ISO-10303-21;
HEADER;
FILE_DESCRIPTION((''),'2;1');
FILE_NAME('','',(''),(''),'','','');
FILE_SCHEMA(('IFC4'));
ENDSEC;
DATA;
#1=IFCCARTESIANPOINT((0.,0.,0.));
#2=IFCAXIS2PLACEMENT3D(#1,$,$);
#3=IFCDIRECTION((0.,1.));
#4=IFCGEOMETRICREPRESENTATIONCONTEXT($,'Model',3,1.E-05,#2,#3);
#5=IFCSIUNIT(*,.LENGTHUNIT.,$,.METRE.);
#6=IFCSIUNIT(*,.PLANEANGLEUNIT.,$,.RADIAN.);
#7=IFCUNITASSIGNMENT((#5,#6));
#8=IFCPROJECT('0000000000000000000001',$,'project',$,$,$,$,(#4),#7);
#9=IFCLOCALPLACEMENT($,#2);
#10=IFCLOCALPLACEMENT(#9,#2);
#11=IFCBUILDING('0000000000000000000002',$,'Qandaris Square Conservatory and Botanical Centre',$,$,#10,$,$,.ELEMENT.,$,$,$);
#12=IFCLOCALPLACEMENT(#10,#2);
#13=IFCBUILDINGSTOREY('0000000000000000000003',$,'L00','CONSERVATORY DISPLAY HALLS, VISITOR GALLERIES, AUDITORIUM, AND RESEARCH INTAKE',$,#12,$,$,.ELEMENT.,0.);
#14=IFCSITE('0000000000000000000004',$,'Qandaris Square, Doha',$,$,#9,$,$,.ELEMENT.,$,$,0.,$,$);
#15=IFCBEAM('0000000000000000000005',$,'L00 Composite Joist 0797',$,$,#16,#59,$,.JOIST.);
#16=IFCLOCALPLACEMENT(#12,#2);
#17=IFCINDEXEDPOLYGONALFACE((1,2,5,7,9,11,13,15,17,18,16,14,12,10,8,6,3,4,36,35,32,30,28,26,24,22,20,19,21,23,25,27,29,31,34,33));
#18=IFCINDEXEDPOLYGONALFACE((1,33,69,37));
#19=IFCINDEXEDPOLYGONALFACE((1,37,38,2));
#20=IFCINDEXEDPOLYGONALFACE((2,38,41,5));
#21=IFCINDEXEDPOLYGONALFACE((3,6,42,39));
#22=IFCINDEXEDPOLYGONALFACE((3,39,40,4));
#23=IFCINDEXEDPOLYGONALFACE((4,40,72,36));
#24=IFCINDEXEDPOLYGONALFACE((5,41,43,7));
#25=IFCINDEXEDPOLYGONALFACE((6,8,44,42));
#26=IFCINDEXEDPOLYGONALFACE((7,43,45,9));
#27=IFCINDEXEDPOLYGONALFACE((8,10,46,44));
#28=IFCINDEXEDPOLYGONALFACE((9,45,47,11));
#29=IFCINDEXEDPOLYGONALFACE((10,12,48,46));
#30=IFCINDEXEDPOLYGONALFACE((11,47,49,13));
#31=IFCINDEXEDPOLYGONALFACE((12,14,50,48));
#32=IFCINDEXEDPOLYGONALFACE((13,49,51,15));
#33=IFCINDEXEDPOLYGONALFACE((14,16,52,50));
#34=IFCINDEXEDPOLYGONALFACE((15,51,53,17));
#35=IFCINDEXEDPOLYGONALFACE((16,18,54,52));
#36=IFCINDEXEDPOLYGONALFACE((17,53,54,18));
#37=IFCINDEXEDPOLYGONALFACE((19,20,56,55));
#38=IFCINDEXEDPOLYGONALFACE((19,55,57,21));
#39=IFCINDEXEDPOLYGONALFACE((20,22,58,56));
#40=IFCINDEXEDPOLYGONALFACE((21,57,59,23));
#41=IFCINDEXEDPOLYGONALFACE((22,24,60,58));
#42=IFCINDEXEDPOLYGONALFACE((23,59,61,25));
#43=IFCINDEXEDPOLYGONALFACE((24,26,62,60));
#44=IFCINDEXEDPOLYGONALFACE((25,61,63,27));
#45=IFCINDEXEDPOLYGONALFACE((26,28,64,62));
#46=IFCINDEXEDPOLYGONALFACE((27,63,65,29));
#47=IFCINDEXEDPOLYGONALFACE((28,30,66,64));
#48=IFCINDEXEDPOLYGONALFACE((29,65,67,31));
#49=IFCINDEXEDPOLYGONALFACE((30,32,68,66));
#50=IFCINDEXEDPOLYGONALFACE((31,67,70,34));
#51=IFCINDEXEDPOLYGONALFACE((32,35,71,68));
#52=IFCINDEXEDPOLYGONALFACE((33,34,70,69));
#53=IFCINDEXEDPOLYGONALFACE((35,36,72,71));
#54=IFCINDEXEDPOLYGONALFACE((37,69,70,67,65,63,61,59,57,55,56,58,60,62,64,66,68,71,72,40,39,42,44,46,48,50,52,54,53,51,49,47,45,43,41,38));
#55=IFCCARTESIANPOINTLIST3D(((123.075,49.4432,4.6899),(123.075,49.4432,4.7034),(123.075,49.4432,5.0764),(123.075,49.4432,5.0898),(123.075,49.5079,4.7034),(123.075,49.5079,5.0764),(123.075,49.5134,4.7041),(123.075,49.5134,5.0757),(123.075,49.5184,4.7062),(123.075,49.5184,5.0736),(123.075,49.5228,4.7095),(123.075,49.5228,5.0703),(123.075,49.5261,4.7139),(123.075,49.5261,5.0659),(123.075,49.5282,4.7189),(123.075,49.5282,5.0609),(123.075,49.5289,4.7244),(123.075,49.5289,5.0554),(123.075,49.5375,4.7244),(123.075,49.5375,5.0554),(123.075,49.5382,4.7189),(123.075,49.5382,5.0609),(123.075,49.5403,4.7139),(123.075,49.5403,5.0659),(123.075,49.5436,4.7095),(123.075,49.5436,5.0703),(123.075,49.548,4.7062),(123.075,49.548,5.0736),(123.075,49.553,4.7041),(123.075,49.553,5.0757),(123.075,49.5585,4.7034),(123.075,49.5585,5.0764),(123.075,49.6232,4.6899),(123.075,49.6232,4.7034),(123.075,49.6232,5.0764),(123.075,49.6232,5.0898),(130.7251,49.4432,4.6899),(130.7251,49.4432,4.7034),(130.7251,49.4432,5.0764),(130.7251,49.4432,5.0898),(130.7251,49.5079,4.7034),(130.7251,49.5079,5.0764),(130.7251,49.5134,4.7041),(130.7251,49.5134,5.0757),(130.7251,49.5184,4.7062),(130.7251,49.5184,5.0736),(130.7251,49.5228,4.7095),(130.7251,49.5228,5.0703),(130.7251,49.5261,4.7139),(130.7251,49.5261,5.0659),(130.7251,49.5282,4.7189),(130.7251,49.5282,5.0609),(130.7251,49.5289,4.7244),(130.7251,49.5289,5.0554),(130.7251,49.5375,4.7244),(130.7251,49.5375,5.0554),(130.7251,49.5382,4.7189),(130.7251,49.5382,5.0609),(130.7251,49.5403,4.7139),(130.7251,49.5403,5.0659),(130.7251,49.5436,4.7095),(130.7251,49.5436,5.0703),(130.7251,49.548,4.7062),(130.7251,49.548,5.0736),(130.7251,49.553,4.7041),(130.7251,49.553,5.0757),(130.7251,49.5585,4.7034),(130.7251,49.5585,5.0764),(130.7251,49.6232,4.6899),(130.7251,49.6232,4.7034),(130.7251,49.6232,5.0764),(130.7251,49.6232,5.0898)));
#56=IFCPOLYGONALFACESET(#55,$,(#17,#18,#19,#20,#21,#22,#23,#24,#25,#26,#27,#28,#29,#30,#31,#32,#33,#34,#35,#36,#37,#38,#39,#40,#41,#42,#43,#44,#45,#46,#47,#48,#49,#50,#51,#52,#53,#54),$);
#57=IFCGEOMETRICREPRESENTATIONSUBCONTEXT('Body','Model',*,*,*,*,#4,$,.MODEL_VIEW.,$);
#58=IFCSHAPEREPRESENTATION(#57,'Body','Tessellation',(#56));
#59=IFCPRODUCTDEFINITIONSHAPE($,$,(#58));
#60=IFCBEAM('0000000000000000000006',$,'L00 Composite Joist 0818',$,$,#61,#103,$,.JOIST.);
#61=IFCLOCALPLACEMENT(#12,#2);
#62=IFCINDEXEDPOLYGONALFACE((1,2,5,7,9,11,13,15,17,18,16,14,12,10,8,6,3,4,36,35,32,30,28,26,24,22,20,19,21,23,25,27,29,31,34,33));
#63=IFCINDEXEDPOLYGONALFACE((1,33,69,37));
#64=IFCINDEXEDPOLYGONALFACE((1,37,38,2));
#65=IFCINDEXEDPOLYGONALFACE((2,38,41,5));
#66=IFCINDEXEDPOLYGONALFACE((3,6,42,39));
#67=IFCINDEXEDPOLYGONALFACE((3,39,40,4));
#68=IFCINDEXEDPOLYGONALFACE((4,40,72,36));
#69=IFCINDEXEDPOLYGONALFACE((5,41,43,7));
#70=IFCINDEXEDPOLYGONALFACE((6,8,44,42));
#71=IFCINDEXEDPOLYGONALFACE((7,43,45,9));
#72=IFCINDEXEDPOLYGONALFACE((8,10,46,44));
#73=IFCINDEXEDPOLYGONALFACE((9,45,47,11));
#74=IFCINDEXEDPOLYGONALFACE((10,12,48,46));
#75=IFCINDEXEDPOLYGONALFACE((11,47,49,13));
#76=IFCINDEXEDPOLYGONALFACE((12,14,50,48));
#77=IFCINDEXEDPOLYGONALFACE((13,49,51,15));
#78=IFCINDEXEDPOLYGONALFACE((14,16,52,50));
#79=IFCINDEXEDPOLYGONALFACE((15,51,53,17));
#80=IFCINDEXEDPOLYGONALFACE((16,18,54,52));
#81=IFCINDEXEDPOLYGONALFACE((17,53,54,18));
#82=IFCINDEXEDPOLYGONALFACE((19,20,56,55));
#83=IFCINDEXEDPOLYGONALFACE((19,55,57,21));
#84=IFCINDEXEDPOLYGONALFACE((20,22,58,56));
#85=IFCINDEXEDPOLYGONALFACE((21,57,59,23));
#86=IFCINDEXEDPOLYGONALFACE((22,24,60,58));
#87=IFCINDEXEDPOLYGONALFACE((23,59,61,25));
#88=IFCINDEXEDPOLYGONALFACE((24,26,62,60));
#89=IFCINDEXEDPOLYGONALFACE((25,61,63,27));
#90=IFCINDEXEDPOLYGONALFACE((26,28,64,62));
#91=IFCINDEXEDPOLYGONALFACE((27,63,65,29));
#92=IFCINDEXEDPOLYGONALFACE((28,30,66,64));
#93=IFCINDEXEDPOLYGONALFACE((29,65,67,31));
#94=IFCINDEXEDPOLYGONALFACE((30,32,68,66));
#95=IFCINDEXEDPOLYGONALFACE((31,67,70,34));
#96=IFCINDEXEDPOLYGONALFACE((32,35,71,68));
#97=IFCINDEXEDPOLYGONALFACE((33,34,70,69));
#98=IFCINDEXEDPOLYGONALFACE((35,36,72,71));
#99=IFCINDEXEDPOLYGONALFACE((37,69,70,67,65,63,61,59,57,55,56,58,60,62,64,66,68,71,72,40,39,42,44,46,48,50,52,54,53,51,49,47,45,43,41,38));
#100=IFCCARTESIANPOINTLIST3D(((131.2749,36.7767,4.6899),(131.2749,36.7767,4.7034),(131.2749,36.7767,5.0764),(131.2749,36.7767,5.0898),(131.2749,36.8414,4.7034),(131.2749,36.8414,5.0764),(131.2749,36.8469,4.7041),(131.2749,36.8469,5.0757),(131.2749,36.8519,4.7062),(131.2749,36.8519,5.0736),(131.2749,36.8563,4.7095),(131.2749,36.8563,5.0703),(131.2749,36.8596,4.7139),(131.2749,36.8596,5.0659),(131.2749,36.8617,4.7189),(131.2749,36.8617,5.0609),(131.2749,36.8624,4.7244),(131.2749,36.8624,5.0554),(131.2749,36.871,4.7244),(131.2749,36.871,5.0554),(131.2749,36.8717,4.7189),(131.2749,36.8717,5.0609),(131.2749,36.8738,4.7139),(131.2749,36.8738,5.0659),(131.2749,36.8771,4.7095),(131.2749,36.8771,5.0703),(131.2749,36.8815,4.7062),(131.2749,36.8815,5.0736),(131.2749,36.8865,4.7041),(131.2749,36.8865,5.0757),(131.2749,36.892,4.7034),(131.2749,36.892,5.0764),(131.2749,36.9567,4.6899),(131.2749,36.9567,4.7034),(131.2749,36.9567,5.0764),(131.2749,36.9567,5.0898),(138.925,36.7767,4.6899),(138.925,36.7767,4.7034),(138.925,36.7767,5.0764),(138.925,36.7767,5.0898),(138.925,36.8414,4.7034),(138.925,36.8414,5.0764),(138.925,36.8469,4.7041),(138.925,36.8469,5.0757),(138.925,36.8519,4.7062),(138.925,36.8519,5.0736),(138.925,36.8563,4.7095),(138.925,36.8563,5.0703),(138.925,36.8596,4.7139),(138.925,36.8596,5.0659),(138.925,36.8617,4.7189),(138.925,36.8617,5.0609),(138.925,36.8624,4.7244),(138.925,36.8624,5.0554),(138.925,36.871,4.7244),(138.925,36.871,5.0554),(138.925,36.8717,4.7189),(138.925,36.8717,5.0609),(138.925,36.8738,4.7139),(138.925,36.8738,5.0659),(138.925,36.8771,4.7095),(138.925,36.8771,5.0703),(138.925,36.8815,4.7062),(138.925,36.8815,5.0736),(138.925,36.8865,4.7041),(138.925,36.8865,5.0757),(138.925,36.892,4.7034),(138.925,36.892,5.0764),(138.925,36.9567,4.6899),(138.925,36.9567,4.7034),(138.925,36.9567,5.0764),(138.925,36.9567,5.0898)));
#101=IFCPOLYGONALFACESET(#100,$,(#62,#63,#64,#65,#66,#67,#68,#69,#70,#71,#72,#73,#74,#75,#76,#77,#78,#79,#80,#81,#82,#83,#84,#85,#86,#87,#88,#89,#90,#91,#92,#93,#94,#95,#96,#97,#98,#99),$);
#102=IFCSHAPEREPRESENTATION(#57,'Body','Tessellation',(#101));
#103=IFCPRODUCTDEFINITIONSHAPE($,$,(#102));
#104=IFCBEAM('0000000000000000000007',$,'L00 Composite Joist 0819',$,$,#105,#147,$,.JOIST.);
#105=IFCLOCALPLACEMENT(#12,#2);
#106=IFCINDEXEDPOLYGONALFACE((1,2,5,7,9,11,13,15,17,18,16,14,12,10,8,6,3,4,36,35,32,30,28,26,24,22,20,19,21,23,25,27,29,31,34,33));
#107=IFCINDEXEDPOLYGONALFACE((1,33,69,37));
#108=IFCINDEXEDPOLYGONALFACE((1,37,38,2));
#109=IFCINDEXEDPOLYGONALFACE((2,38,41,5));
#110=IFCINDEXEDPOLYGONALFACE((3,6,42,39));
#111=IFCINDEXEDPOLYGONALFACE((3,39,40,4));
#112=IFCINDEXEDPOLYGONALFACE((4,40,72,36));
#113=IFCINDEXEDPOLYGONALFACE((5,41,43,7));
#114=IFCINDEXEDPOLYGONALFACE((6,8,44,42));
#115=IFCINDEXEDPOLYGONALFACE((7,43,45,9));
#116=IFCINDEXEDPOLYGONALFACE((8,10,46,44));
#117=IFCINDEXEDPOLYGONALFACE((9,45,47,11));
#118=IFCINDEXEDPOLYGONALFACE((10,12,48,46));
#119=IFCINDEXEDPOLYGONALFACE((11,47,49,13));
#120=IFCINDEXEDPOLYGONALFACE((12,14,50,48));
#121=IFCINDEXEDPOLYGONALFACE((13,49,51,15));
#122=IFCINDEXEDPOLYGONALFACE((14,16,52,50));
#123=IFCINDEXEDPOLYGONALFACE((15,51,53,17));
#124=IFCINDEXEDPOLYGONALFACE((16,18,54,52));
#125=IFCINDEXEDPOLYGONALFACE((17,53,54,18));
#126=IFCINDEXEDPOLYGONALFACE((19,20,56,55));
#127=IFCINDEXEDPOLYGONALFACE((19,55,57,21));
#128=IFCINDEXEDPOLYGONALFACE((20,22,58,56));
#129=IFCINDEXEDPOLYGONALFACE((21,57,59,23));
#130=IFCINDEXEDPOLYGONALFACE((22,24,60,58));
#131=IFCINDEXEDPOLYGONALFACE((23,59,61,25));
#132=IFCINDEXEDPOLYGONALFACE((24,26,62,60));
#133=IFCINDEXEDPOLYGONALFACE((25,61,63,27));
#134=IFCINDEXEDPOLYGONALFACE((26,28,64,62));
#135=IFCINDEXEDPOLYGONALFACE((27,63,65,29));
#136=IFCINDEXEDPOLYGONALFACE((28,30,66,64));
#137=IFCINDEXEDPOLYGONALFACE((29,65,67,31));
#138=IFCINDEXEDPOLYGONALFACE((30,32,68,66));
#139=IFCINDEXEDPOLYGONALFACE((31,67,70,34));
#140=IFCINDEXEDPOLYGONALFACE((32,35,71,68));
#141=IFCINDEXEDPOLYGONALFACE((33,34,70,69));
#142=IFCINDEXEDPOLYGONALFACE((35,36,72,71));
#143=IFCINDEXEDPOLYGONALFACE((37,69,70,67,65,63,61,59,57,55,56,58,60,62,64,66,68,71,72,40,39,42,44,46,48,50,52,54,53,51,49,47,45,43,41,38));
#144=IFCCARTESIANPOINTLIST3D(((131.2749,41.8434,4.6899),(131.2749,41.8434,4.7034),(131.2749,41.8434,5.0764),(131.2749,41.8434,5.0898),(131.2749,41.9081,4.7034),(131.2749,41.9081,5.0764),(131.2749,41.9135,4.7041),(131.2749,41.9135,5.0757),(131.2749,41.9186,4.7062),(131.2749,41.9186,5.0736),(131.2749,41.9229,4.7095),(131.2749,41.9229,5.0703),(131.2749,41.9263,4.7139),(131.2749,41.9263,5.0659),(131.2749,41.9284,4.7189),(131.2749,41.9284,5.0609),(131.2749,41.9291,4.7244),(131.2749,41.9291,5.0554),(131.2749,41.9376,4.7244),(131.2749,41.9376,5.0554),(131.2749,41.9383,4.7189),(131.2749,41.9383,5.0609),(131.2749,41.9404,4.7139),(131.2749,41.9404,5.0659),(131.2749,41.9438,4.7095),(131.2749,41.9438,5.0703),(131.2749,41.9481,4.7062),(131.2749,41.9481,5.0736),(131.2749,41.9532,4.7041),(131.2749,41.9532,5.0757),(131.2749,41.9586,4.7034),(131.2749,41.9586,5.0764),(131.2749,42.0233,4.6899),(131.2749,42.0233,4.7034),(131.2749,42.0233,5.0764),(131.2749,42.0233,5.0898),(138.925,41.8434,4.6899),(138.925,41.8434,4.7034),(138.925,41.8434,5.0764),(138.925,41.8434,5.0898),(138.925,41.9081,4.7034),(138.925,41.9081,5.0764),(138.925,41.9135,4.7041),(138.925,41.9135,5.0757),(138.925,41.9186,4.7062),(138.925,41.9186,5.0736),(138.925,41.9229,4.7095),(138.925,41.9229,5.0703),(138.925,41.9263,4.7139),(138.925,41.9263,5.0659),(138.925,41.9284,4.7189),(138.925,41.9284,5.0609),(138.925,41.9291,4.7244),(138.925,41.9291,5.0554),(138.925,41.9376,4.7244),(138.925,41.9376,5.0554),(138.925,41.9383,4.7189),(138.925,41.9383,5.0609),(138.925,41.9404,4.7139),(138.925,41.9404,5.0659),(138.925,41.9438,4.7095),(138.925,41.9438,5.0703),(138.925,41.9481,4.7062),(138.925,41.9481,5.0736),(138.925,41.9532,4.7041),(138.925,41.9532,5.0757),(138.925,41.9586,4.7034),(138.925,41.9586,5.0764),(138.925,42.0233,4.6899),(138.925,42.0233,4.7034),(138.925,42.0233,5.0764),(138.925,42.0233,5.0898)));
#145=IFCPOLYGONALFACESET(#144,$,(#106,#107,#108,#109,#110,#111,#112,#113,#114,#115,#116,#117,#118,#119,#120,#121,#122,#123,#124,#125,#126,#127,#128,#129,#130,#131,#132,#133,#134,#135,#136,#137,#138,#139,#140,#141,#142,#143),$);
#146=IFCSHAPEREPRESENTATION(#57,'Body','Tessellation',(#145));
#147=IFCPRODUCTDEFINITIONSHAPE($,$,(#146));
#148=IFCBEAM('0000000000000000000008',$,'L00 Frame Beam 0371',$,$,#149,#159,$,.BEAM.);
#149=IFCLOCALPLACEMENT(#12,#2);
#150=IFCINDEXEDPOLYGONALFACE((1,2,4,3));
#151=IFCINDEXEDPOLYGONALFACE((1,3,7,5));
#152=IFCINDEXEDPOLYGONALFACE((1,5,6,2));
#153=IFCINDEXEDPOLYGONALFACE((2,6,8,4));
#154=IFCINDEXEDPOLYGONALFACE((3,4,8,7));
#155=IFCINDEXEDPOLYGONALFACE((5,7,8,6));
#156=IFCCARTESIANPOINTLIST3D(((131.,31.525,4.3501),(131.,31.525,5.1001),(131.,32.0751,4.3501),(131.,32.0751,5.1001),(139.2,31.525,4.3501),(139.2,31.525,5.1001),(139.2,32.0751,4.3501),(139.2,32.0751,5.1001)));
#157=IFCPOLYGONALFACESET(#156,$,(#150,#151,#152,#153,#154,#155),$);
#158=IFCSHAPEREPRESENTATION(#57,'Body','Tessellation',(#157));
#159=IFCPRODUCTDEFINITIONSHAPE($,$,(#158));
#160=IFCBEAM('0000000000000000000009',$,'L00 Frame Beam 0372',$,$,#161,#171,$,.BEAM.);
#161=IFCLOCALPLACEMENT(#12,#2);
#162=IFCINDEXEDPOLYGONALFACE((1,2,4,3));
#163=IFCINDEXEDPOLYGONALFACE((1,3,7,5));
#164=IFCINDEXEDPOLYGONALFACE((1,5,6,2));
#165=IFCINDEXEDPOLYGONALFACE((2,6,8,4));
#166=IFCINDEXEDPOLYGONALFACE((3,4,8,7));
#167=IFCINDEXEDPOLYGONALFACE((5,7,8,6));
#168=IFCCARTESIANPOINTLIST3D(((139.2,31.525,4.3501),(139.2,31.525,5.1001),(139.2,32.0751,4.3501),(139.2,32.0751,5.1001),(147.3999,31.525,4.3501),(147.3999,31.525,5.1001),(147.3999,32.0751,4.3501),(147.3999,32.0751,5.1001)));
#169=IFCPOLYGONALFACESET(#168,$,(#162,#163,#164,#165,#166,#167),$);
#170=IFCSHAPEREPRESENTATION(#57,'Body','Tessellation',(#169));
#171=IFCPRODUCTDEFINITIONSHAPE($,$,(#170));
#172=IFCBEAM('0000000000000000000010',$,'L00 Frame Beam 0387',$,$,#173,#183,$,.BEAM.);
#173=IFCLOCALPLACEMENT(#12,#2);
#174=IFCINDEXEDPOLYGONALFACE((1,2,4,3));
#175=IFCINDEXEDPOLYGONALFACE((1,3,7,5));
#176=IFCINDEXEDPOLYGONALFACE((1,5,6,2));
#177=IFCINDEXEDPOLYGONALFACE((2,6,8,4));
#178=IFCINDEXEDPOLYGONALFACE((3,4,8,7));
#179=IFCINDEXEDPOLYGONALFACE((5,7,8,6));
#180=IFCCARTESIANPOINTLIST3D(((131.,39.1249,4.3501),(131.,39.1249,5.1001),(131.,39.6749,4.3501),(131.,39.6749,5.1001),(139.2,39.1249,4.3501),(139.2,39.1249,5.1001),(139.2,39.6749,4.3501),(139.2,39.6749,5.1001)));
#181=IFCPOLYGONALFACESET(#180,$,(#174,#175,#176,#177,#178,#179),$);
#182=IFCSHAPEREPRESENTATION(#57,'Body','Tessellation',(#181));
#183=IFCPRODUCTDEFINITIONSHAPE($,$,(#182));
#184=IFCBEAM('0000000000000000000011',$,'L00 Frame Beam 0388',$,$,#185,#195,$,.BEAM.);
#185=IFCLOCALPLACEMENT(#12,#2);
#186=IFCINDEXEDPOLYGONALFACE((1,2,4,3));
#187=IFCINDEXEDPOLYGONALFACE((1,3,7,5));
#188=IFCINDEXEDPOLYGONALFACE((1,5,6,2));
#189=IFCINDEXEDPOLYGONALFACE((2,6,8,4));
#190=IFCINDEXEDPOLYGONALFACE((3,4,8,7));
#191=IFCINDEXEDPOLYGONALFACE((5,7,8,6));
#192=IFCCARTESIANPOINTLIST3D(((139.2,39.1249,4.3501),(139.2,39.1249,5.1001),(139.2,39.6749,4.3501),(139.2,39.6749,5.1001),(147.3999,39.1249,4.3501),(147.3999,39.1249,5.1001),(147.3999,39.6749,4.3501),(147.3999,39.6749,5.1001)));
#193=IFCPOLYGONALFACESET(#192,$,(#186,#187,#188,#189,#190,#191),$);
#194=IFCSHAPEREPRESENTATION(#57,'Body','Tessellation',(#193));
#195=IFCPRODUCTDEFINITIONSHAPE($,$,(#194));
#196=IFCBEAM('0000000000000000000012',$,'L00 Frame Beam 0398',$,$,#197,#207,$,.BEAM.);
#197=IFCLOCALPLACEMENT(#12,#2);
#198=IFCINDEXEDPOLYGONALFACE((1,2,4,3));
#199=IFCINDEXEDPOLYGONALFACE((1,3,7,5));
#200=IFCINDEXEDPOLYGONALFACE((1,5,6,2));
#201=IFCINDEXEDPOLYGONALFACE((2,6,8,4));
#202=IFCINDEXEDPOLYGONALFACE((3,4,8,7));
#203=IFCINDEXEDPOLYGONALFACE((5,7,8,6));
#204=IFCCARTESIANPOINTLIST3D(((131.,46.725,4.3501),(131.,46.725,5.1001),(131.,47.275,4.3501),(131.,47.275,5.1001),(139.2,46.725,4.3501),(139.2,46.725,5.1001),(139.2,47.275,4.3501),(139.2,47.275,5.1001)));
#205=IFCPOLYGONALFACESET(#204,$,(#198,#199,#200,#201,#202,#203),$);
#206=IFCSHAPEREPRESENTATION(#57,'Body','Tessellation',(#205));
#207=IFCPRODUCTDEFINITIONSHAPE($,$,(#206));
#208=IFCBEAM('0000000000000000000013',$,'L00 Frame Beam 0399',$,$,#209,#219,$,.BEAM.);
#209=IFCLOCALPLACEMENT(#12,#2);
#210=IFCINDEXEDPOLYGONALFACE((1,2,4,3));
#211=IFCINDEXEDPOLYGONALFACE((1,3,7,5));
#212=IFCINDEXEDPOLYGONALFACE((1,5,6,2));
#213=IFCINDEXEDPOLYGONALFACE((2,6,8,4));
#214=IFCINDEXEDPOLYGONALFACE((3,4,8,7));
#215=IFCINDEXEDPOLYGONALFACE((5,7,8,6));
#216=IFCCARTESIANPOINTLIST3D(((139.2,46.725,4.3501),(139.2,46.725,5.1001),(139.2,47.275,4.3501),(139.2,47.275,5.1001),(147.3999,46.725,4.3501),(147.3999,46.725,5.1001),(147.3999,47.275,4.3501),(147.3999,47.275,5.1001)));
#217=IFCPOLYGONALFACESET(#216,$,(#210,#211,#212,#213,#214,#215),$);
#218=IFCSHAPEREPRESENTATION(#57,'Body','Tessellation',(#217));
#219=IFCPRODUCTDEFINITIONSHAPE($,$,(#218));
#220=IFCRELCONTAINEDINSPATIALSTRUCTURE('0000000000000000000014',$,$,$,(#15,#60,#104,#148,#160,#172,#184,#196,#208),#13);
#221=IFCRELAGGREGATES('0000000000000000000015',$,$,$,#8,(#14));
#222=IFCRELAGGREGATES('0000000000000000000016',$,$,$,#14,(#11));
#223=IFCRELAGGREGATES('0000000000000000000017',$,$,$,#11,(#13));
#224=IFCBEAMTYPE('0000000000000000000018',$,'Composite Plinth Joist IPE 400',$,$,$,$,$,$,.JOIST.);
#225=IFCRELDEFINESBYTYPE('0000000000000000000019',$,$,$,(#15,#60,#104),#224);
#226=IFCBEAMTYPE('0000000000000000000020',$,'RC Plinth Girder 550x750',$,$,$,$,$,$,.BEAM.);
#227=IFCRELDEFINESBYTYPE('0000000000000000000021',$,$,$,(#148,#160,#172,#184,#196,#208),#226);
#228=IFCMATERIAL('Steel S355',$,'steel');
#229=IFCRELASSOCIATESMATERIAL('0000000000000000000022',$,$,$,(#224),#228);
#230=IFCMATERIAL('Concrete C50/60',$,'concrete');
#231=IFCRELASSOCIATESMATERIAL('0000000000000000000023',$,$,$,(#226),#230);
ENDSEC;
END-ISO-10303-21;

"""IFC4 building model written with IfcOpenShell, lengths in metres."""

from ifc_helpers import new_model, si_unit, direction, frame, origin, origin_2d, place, context, subcontext, project, spatial, rectangle, i_section, extrude, material, material_profile, profile_set, type_object, element, save


model = new_model("IFC4")

# Units and contexts
model_context = context("Model", 3, precision=1e-05, world=origin(), true_north=direction((0.0, 1.0)))
body_context = subcontext(model_context, "Body", "Model", "MODEL_VIEW")
ifc_project = project(units=[si_unit("LENGTHUNIT", "METRE"), si_unit("PLANEANGLEUNIT", "RADIAN")], contexts=[model_context])

# Site, building, storey
site_placement = place(None, origin())
site = spatial("IfcSite", under=ifc_project, at=site_placement, Name="Qandaris Square, Doha", CompositionType="ELEMENT", RefElevation=0.0)
building_placement = place(site_placement, origin())
building = spatial("IfcBuilding", under=site, at=building_placement, Name="Qandaris Square Conservatory and Botanical Centre", CompositionType="ELEMENT")
storey_placement = place(building_placement, origin())
storey = spatial("IfcBuildingStorey", under=building, at=storey_placement, Name="L00", Description="CONSERVATORY DISPLAY HALLS, VISITOR GALLERIES, AUDITORIUM, AND RESEARCH INTAKE", CompositionType="ELEMENT", Elevation=0.0)

# Shared definitions
ifc_material_1 = material(Name="Concrete C50/60", Category="concrete")

# Beams
ifc_material_2 = material(Name="Steel S355", Category="steel")
ifc_material_profile_1 = material_profile(ifc_material_2, i_section(OverallWidth=0.1799, OverallDepth=0.3999, WebThickness=0.0085, FlangeThickness=0.0134, FilletRadius=0.021, at=origin_2d()), Name="IPE 400")
ifc_profile_set_1 = profile_set([ifc_material_profile_1], Name="Steel S355")
beam_type_1 = type_object("IfcBeamType", Name="Composite Plinth Joist IPE 400", PredefinedType="JOIST", material=ifc_profile_set_1)
for number, where, z_axis, x_axis, name in (
    (1, (123.075, 49.5332, 4.8899), (1.0, 0.0, 0.0), (0.0, 1.0, 0.0), "L00 Composite Joist 0797"),
    (2, (131.2749, 36.8667, 4.8899), (1.0, 0.0, 0.0), (0.0, 1.0, 0.0), "L00 Composite Joist 0818"),
    (3, (131.2749, 41.9333, 4.8899), (1.0, 0.0, 0.0), (0.0, 1.0, 0.0), "L00 Composite Joist 0819"),
):
    element("IfcBeam", number, at=place(storey_placement, frame(where, z_axis=z_axis, x_axis=x_axis)), inside=storey, type_object=beam_type_1, Name=name, PredefinedType="JOIST", context=body_context, shape_type="SweptSolid", body=[
        extrude(i_section(OverallWidth=0.1799, OverallDepth=0.3999, WebThickness=0.0085, FlangeThickness=0.0134, FilletRadius=0.021, at=origin_2d()), origin(), (0.0, 0.0, 1.0), 7.6501),
    ])
ifc_material_profile_2 = material_profile(ifc_material_1, rectangle(XDim=0.55, YDim=0.75, at=origin_2d()), Name="RC-BM 550x750")
ifc_profile_set_2 = profile_set([ifc_material_profile_2], Name="Concrete C50/60")
beam_type_2 = type_object("IfcBeamType", Name="RC Plinth Girder 550x750", PredefinedType="BEAM", material=ifc_profile_set_2)
for number, where, z_axis, x_axis, name in (
    (4, (131.0, 31.8, 4.7251), (1.0, 0.0, 0.0), (0.0, 1.0, 0.0), "L00 Frame Beam 0371"),
    (5, (139.2, 31.8, 4.7251), (1.0, 0.0, 0.0), (0.0, 1.0, 0.0), "L00 Frame Beam 0372"),
    (6, (131.0, 39.3999, 4.7251), (1.0, 0.0, 0.0), (0.0, 1.0, 0.0), "L00 Frame Beam 0387"),
    (7, (139.2, 39.3999, 4.7251), (1.0, 0.0, 0.0), (0.0, 1.0, 0.0), "L00 Frame Beam 0388"),
    (8, (131.0, 47.0, 4.7251), (1.0, 0.0, 0.0), (0.0, 1.0, 0.0), "L00 Frame Beam 0398"),
    (9, (139.2, 47.0, 4.7251), (1.0, 0.0, 0.0), (0.0, 1.0, 0.0), "L00 Frame Beam 0399"),
):
    element("IfcBeam", number, at=place(storey_placement, frame(where, z_axis=z_axis, x_axis=x_axis)), inside=storey, type_object=beam_type_2, Name=name, PredefinedType="BEAM", context=body_context, shape_type="SweptSolid", body=[
        extrude(rectangle(XDim=0.55, YDim=0.75, at=origin_2d()), origin(), (0.0, 0.0, 1.0), 8.2),
    ])

save(model, "model.ifc")
